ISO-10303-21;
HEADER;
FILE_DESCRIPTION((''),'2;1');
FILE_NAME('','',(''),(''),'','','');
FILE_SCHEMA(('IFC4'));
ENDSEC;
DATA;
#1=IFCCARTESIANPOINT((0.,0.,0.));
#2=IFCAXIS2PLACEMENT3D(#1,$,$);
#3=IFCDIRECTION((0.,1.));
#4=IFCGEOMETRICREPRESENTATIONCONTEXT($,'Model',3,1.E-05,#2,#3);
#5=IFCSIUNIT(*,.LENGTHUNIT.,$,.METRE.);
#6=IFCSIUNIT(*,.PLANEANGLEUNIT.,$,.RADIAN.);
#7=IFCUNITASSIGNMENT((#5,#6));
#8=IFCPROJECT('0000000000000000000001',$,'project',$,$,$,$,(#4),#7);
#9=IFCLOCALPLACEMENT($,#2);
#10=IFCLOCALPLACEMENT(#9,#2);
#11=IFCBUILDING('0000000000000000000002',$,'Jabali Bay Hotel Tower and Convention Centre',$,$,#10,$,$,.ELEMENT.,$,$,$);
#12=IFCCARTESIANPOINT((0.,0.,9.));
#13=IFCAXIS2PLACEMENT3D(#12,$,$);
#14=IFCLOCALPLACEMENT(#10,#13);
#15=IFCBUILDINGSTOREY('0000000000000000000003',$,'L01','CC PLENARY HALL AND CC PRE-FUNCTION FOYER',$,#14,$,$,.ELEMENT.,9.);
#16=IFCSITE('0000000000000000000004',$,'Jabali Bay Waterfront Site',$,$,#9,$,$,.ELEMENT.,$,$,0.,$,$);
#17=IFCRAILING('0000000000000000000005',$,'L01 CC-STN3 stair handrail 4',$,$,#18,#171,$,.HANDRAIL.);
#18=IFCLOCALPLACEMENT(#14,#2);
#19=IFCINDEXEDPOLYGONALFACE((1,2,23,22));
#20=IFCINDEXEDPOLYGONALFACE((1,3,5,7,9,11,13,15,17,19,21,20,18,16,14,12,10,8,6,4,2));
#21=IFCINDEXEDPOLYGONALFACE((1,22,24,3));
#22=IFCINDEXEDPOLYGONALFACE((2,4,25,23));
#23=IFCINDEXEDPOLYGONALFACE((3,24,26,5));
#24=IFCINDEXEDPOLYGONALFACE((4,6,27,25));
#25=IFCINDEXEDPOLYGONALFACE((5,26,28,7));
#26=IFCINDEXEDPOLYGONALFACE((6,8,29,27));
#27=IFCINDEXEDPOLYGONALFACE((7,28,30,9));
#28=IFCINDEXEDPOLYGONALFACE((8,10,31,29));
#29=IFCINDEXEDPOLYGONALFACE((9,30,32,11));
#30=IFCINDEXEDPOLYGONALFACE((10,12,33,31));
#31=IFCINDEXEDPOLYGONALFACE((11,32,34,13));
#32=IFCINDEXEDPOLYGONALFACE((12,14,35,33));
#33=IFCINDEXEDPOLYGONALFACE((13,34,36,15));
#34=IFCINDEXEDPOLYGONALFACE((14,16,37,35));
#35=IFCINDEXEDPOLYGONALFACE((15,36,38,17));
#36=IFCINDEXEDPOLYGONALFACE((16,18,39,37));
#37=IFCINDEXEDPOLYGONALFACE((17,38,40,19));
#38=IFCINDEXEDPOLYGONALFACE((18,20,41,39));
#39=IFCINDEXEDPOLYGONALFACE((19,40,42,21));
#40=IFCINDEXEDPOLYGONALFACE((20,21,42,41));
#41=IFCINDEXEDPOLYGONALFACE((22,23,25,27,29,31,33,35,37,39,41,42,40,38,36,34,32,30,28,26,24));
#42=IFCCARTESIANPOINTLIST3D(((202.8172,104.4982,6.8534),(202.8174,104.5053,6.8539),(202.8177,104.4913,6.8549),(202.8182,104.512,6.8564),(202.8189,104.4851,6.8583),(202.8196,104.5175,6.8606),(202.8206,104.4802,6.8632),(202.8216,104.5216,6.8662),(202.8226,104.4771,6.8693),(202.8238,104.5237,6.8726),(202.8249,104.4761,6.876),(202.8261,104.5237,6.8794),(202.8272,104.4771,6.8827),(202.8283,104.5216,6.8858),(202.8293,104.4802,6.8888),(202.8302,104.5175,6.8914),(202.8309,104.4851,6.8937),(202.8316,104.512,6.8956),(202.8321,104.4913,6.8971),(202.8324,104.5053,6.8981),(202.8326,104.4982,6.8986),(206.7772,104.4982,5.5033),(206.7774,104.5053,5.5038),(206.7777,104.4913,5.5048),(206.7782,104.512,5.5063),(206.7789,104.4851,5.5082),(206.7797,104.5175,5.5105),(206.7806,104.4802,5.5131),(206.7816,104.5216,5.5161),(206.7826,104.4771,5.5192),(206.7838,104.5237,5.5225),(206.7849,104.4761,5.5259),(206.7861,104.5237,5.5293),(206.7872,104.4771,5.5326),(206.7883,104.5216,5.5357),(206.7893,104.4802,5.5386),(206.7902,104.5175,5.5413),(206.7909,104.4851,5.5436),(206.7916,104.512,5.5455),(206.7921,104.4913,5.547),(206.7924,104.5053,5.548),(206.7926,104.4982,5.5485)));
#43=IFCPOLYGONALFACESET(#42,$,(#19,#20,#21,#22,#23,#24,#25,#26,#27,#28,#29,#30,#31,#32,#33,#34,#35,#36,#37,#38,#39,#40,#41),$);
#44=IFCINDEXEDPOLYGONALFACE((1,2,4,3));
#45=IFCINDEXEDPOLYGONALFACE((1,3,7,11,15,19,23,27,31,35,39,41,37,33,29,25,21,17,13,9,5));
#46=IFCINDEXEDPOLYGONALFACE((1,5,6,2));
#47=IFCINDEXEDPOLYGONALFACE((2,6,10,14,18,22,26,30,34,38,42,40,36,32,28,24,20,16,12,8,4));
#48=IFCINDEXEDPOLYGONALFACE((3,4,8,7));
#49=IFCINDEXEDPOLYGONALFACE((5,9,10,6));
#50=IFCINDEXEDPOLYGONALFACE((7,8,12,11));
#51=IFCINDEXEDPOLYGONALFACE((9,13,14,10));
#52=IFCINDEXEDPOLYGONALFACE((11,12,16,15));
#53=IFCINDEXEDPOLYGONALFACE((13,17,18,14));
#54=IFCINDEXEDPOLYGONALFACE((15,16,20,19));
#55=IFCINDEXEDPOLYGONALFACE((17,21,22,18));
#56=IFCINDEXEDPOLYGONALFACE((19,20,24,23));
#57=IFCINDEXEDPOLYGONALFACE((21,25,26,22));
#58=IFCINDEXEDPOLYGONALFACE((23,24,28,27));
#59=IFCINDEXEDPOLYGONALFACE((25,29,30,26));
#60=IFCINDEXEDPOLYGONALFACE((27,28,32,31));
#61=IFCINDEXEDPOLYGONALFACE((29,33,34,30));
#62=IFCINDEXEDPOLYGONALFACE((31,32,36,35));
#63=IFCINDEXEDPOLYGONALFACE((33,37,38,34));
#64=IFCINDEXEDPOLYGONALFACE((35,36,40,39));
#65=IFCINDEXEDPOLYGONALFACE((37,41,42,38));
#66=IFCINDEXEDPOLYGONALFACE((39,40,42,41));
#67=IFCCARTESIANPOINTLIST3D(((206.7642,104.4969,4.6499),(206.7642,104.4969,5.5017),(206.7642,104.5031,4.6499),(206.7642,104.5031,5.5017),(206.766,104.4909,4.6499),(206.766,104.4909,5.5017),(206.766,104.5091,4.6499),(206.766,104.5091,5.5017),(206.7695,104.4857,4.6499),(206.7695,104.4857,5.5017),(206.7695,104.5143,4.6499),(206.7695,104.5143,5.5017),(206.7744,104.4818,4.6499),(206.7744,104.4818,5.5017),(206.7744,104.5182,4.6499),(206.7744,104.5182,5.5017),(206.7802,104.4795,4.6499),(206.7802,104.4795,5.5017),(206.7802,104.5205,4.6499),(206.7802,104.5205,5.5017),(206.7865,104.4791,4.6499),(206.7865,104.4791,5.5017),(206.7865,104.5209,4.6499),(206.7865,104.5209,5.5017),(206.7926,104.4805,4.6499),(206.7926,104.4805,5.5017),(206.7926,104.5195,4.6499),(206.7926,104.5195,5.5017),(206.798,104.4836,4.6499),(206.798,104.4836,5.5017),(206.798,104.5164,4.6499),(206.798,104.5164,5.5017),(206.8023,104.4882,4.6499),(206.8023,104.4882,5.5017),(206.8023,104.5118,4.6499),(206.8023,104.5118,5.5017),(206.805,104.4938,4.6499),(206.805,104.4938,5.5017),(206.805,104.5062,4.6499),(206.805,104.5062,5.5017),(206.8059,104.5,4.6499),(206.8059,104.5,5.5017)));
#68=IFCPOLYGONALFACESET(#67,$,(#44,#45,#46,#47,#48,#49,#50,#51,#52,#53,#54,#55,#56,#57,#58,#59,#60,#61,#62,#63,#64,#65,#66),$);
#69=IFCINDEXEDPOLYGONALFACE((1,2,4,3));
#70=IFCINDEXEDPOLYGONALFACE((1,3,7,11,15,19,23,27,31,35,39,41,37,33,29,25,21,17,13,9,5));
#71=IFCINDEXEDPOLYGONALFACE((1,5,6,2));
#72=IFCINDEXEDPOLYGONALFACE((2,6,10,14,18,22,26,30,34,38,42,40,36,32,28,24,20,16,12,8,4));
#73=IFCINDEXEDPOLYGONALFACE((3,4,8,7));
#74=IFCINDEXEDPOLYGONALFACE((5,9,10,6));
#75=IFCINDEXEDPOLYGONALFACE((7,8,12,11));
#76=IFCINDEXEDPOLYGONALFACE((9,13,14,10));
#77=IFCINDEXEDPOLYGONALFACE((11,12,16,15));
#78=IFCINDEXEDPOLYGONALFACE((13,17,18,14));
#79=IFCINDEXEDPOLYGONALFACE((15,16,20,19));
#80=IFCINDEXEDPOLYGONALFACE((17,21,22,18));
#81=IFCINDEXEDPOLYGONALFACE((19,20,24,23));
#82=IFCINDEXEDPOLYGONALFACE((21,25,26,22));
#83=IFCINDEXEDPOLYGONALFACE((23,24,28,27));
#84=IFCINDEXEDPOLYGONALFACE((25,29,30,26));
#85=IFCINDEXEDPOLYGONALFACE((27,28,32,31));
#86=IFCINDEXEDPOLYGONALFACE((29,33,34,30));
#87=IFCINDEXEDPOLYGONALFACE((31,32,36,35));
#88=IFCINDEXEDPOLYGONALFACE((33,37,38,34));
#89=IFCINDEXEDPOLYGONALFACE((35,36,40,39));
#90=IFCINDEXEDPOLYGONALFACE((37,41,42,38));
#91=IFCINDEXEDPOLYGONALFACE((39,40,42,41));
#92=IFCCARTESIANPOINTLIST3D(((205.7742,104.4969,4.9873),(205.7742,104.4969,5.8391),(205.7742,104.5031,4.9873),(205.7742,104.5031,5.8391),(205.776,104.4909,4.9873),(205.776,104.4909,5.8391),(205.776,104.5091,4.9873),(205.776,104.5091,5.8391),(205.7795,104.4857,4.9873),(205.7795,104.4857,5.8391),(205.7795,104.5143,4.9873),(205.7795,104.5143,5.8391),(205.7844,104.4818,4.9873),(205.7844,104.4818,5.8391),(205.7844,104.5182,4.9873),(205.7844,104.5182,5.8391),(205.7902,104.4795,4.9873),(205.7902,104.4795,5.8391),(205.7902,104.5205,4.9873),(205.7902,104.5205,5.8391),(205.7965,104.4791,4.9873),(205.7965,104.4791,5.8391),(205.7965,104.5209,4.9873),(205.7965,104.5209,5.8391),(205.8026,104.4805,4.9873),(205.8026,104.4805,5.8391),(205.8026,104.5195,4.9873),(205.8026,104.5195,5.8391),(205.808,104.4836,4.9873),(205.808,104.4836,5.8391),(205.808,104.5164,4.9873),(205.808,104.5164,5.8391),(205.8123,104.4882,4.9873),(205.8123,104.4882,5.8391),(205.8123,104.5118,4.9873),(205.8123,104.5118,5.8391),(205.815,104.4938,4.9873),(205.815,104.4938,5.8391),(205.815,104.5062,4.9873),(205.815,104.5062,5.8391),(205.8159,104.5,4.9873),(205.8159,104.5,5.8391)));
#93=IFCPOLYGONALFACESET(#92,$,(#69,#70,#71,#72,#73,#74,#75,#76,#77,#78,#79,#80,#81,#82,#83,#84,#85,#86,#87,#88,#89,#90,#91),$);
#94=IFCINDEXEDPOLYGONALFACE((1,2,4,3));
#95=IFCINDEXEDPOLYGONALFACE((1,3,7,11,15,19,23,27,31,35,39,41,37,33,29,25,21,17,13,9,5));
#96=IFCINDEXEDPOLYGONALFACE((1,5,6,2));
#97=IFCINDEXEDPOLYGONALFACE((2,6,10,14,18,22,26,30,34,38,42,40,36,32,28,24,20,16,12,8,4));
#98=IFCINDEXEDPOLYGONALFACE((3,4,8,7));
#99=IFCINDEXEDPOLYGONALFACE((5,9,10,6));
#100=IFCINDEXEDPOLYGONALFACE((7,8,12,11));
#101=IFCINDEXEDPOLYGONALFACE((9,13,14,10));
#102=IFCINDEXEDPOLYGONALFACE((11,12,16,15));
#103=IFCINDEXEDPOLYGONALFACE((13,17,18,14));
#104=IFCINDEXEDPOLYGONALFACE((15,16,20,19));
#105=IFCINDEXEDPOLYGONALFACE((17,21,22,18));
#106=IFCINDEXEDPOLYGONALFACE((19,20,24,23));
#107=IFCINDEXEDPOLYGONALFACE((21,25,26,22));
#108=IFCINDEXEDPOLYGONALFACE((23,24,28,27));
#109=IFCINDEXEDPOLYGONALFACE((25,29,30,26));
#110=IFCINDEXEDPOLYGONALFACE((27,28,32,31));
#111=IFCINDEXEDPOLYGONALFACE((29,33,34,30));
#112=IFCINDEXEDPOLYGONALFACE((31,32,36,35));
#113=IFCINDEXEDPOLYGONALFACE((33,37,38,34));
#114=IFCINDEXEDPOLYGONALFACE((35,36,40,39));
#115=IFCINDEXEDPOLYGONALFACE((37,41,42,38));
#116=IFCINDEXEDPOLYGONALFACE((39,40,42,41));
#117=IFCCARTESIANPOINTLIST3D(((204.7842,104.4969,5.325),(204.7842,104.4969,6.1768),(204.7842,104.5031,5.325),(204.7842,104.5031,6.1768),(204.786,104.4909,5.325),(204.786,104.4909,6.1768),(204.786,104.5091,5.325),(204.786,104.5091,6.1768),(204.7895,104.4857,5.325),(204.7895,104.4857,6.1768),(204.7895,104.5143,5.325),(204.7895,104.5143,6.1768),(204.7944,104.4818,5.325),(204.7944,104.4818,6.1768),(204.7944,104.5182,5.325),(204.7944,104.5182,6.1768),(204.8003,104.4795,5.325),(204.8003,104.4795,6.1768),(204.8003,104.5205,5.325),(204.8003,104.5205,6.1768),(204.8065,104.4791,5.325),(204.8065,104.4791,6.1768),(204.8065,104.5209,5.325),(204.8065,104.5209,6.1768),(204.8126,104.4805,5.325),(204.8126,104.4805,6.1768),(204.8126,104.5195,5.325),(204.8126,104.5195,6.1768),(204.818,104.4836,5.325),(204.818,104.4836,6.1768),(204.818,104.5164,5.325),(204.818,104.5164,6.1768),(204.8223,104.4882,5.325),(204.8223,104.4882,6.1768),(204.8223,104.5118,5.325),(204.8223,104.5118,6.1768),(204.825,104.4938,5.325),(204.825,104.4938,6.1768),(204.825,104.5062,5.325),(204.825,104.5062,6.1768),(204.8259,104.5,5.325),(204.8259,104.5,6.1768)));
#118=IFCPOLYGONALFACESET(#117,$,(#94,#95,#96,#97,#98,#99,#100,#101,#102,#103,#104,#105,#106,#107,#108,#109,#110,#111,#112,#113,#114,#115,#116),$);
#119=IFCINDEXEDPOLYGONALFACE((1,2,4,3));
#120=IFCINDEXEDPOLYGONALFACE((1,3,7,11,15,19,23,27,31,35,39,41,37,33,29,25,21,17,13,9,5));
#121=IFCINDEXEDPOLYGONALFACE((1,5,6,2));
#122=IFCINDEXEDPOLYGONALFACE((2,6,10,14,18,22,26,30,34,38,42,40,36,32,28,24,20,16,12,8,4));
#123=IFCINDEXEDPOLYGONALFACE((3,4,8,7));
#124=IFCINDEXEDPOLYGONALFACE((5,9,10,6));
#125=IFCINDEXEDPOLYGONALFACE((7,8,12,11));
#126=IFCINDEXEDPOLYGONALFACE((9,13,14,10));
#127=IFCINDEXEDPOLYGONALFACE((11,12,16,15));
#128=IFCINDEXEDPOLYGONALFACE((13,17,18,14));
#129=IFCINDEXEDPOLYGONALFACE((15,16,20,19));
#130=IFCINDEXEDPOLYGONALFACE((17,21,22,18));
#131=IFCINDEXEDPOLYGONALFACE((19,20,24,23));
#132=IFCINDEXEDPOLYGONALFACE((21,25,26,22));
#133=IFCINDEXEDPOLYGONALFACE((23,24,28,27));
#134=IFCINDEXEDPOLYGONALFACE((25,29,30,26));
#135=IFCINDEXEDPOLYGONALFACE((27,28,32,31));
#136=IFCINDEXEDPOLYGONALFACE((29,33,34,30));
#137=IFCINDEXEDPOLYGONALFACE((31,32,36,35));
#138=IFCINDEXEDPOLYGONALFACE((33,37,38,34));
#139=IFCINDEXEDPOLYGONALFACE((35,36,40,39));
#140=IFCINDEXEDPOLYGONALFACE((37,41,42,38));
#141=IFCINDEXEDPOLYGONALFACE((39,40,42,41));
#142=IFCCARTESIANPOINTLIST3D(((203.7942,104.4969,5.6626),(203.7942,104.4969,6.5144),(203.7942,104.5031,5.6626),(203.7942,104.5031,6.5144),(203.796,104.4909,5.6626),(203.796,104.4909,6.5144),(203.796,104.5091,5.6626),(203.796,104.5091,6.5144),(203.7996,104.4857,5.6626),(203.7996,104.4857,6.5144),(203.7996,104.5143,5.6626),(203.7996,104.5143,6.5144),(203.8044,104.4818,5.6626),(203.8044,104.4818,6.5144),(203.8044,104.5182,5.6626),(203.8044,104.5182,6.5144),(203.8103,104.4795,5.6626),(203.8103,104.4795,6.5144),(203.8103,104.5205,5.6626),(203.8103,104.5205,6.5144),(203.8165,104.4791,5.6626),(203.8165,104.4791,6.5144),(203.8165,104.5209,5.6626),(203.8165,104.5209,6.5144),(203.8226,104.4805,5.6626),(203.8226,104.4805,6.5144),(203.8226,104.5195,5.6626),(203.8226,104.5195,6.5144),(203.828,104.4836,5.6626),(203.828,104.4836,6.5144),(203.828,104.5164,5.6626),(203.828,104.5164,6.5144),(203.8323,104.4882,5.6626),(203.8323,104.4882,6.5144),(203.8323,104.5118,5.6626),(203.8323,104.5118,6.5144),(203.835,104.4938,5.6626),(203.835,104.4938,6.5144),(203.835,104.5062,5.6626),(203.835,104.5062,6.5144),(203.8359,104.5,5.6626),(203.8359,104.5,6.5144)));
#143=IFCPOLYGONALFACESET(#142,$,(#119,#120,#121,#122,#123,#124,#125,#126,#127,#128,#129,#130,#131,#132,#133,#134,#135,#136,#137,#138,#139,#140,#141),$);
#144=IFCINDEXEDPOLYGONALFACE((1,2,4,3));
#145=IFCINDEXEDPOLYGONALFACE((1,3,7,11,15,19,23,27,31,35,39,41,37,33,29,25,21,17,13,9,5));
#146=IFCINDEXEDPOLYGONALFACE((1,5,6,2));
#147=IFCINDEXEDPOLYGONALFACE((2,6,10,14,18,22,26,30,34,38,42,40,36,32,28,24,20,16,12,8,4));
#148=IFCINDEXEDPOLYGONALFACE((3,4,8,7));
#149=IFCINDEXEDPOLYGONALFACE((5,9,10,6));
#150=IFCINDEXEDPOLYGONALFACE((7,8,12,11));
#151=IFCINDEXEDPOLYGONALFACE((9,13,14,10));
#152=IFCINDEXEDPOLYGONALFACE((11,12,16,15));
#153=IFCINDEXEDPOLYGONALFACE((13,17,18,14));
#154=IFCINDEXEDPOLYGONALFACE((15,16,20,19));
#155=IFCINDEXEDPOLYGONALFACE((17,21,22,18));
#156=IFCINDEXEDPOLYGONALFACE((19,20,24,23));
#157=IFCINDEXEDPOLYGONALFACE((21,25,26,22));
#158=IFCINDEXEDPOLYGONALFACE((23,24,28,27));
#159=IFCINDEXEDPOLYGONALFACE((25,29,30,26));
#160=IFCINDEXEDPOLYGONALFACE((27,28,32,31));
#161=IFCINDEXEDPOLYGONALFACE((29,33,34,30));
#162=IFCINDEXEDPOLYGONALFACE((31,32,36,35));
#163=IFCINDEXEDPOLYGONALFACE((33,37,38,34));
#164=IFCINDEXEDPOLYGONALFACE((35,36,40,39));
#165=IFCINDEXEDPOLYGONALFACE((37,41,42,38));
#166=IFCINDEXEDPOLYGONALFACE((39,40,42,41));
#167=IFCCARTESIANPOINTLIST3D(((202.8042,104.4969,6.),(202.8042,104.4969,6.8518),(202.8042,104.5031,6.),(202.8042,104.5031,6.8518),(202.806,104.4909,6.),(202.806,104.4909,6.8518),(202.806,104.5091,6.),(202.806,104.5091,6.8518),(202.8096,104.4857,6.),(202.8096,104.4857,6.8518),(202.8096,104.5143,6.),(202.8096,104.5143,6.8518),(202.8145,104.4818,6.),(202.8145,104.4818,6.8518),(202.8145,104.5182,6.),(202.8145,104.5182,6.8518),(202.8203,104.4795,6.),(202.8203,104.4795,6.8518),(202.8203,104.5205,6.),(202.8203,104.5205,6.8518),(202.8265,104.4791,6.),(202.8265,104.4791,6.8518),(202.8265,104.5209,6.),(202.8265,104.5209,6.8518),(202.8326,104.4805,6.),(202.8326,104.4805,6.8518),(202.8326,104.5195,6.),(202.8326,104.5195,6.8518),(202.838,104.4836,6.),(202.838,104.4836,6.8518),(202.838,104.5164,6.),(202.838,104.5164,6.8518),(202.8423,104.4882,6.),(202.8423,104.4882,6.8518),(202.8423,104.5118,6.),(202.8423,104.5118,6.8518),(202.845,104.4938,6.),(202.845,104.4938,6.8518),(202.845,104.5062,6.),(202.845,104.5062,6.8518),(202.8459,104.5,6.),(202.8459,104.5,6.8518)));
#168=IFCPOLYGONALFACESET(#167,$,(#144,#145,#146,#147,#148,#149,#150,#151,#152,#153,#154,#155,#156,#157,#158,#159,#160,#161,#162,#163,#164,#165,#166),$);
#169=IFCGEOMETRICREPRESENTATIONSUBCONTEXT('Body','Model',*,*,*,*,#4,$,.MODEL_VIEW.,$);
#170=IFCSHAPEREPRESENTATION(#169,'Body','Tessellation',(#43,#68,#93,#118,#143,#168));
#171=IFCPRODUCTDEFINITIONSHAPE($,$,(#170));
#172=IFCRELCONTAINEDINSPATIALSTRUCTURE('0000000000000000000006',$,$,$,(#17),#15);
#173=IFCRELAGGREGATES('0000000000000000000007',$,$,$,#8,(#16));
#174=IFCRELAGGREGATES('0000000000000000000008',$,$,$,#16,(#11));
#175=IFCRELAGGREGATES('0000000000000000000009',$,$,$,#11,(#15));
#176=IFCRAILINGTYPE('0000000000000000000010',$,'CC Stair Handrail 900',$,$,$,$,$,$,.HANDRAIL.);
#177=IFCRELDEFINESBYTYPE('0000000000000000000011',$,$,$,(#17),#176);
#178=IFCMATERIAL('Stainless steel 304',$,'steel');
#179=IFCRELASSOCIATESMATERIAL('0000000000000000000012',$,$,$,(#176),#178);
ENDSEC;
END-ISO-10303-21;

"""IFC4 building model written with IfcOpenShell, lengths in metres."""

from ifc_helpers import new_model, si_unit, direction, frame, origin, origin_2d, place, context, subcontext, project, spatial, circle, extrude, material, type_object, element, save


model = new_model("IFC4")

# Units and contexts
model_context = context("Model", 3, precision=1e-05, world=origin(), true_north=direction((0.0, 1.0)))
body_context = subcontext(model_context, "Body", "Model", "MODEL_VIEW")
ifc_project = project(units=[si_unit("LENGTHUNIT", "METRE"), si_unit("PLANEANGLEUNIT", "RADIAN")], contexts=[model_context])

# Site, building, storey
site_placement = place(None, origin())
site = spatial("IfcSite", under=ifc_project, at=site_placement, Name="Jabali Bay Waterfront Site", CompositionType="ELEMENT", RefElevation=0.0)
building_placement = place(site_placement, origin())
building = spatial("IfcBuilding", under=site, at=building_placement, Name="Jabali Bay Hotel Tower and Convention Centre", CompositionType="ELEMENT")
storey_placement = place(building_placement, frame((0.0, 0.0, 9.0)))
storey = spatial("IfcBuildingStorey", under=building, at=storey_placement, Name="L01", Description="CC PLENARY HALL AND CC PRE-FUNCTION FOYER", CompositionType="ELEMENT", Elevation=9.0)

# Railing
ifc_material_1 = material(Name="Stainless steel 304", Category="steel")
railing_type_1 = type_object("IfcRailingType", Name="CC Stair Handrail 900", PredefinedType="HANDRAIL", material=ifc_material_1)
railing_1_placement = place(storey_placement, frame((206.7849, 104.5, 4.6499)))
element("IfcRailing", 1, at=railing_1_placement, inside=storey, type_object=railing_type_1, Name="L01 CC-STN3 stair handrail 4", PredefinedType="HANDRAIL", context=body_context, shape_type="SweptSolid", body=[
    extrude(circle(Radius=0.0239, at=origin_2d()), frame((0.0, 0.0, 0.876), z_axis=(-0.946502, 0.0, 0.322698), x_axis=(0.0, -1.0, 0.0)), (0.0, 0.0, 1.0), 4.1838),
    extrude(circle(Radius=0.021, at=origin_2d()), origin(), (0.0, 0.0, 1.0), 0.8518),
    extrude(circle(Radius=0.021, at=origin_2d()), frame((-0.99, 0.0, 0.3374)), (0.0, 0.0, 1.0), 0.8518),
    extrude(circle(Radius=0.021, at=origin_2d()), frame((-1.98, 0.0, 0.675)), (0.0, 0.0, 1.0), 0.8518),
    extrude(circle(Radius=0.021, at=origin_2d()), frame((-2.97, 0.0, 1.0127)), (0.0, 0.0, 1.0), 0.8518),
    extrude(circle(Radius=0.021, at=origin_2d()), frame((-3.96, 0.0, 1.3501)), (0.0, 0.0, 1.0), 0.8518),
])

save(model, "model.ifc")
